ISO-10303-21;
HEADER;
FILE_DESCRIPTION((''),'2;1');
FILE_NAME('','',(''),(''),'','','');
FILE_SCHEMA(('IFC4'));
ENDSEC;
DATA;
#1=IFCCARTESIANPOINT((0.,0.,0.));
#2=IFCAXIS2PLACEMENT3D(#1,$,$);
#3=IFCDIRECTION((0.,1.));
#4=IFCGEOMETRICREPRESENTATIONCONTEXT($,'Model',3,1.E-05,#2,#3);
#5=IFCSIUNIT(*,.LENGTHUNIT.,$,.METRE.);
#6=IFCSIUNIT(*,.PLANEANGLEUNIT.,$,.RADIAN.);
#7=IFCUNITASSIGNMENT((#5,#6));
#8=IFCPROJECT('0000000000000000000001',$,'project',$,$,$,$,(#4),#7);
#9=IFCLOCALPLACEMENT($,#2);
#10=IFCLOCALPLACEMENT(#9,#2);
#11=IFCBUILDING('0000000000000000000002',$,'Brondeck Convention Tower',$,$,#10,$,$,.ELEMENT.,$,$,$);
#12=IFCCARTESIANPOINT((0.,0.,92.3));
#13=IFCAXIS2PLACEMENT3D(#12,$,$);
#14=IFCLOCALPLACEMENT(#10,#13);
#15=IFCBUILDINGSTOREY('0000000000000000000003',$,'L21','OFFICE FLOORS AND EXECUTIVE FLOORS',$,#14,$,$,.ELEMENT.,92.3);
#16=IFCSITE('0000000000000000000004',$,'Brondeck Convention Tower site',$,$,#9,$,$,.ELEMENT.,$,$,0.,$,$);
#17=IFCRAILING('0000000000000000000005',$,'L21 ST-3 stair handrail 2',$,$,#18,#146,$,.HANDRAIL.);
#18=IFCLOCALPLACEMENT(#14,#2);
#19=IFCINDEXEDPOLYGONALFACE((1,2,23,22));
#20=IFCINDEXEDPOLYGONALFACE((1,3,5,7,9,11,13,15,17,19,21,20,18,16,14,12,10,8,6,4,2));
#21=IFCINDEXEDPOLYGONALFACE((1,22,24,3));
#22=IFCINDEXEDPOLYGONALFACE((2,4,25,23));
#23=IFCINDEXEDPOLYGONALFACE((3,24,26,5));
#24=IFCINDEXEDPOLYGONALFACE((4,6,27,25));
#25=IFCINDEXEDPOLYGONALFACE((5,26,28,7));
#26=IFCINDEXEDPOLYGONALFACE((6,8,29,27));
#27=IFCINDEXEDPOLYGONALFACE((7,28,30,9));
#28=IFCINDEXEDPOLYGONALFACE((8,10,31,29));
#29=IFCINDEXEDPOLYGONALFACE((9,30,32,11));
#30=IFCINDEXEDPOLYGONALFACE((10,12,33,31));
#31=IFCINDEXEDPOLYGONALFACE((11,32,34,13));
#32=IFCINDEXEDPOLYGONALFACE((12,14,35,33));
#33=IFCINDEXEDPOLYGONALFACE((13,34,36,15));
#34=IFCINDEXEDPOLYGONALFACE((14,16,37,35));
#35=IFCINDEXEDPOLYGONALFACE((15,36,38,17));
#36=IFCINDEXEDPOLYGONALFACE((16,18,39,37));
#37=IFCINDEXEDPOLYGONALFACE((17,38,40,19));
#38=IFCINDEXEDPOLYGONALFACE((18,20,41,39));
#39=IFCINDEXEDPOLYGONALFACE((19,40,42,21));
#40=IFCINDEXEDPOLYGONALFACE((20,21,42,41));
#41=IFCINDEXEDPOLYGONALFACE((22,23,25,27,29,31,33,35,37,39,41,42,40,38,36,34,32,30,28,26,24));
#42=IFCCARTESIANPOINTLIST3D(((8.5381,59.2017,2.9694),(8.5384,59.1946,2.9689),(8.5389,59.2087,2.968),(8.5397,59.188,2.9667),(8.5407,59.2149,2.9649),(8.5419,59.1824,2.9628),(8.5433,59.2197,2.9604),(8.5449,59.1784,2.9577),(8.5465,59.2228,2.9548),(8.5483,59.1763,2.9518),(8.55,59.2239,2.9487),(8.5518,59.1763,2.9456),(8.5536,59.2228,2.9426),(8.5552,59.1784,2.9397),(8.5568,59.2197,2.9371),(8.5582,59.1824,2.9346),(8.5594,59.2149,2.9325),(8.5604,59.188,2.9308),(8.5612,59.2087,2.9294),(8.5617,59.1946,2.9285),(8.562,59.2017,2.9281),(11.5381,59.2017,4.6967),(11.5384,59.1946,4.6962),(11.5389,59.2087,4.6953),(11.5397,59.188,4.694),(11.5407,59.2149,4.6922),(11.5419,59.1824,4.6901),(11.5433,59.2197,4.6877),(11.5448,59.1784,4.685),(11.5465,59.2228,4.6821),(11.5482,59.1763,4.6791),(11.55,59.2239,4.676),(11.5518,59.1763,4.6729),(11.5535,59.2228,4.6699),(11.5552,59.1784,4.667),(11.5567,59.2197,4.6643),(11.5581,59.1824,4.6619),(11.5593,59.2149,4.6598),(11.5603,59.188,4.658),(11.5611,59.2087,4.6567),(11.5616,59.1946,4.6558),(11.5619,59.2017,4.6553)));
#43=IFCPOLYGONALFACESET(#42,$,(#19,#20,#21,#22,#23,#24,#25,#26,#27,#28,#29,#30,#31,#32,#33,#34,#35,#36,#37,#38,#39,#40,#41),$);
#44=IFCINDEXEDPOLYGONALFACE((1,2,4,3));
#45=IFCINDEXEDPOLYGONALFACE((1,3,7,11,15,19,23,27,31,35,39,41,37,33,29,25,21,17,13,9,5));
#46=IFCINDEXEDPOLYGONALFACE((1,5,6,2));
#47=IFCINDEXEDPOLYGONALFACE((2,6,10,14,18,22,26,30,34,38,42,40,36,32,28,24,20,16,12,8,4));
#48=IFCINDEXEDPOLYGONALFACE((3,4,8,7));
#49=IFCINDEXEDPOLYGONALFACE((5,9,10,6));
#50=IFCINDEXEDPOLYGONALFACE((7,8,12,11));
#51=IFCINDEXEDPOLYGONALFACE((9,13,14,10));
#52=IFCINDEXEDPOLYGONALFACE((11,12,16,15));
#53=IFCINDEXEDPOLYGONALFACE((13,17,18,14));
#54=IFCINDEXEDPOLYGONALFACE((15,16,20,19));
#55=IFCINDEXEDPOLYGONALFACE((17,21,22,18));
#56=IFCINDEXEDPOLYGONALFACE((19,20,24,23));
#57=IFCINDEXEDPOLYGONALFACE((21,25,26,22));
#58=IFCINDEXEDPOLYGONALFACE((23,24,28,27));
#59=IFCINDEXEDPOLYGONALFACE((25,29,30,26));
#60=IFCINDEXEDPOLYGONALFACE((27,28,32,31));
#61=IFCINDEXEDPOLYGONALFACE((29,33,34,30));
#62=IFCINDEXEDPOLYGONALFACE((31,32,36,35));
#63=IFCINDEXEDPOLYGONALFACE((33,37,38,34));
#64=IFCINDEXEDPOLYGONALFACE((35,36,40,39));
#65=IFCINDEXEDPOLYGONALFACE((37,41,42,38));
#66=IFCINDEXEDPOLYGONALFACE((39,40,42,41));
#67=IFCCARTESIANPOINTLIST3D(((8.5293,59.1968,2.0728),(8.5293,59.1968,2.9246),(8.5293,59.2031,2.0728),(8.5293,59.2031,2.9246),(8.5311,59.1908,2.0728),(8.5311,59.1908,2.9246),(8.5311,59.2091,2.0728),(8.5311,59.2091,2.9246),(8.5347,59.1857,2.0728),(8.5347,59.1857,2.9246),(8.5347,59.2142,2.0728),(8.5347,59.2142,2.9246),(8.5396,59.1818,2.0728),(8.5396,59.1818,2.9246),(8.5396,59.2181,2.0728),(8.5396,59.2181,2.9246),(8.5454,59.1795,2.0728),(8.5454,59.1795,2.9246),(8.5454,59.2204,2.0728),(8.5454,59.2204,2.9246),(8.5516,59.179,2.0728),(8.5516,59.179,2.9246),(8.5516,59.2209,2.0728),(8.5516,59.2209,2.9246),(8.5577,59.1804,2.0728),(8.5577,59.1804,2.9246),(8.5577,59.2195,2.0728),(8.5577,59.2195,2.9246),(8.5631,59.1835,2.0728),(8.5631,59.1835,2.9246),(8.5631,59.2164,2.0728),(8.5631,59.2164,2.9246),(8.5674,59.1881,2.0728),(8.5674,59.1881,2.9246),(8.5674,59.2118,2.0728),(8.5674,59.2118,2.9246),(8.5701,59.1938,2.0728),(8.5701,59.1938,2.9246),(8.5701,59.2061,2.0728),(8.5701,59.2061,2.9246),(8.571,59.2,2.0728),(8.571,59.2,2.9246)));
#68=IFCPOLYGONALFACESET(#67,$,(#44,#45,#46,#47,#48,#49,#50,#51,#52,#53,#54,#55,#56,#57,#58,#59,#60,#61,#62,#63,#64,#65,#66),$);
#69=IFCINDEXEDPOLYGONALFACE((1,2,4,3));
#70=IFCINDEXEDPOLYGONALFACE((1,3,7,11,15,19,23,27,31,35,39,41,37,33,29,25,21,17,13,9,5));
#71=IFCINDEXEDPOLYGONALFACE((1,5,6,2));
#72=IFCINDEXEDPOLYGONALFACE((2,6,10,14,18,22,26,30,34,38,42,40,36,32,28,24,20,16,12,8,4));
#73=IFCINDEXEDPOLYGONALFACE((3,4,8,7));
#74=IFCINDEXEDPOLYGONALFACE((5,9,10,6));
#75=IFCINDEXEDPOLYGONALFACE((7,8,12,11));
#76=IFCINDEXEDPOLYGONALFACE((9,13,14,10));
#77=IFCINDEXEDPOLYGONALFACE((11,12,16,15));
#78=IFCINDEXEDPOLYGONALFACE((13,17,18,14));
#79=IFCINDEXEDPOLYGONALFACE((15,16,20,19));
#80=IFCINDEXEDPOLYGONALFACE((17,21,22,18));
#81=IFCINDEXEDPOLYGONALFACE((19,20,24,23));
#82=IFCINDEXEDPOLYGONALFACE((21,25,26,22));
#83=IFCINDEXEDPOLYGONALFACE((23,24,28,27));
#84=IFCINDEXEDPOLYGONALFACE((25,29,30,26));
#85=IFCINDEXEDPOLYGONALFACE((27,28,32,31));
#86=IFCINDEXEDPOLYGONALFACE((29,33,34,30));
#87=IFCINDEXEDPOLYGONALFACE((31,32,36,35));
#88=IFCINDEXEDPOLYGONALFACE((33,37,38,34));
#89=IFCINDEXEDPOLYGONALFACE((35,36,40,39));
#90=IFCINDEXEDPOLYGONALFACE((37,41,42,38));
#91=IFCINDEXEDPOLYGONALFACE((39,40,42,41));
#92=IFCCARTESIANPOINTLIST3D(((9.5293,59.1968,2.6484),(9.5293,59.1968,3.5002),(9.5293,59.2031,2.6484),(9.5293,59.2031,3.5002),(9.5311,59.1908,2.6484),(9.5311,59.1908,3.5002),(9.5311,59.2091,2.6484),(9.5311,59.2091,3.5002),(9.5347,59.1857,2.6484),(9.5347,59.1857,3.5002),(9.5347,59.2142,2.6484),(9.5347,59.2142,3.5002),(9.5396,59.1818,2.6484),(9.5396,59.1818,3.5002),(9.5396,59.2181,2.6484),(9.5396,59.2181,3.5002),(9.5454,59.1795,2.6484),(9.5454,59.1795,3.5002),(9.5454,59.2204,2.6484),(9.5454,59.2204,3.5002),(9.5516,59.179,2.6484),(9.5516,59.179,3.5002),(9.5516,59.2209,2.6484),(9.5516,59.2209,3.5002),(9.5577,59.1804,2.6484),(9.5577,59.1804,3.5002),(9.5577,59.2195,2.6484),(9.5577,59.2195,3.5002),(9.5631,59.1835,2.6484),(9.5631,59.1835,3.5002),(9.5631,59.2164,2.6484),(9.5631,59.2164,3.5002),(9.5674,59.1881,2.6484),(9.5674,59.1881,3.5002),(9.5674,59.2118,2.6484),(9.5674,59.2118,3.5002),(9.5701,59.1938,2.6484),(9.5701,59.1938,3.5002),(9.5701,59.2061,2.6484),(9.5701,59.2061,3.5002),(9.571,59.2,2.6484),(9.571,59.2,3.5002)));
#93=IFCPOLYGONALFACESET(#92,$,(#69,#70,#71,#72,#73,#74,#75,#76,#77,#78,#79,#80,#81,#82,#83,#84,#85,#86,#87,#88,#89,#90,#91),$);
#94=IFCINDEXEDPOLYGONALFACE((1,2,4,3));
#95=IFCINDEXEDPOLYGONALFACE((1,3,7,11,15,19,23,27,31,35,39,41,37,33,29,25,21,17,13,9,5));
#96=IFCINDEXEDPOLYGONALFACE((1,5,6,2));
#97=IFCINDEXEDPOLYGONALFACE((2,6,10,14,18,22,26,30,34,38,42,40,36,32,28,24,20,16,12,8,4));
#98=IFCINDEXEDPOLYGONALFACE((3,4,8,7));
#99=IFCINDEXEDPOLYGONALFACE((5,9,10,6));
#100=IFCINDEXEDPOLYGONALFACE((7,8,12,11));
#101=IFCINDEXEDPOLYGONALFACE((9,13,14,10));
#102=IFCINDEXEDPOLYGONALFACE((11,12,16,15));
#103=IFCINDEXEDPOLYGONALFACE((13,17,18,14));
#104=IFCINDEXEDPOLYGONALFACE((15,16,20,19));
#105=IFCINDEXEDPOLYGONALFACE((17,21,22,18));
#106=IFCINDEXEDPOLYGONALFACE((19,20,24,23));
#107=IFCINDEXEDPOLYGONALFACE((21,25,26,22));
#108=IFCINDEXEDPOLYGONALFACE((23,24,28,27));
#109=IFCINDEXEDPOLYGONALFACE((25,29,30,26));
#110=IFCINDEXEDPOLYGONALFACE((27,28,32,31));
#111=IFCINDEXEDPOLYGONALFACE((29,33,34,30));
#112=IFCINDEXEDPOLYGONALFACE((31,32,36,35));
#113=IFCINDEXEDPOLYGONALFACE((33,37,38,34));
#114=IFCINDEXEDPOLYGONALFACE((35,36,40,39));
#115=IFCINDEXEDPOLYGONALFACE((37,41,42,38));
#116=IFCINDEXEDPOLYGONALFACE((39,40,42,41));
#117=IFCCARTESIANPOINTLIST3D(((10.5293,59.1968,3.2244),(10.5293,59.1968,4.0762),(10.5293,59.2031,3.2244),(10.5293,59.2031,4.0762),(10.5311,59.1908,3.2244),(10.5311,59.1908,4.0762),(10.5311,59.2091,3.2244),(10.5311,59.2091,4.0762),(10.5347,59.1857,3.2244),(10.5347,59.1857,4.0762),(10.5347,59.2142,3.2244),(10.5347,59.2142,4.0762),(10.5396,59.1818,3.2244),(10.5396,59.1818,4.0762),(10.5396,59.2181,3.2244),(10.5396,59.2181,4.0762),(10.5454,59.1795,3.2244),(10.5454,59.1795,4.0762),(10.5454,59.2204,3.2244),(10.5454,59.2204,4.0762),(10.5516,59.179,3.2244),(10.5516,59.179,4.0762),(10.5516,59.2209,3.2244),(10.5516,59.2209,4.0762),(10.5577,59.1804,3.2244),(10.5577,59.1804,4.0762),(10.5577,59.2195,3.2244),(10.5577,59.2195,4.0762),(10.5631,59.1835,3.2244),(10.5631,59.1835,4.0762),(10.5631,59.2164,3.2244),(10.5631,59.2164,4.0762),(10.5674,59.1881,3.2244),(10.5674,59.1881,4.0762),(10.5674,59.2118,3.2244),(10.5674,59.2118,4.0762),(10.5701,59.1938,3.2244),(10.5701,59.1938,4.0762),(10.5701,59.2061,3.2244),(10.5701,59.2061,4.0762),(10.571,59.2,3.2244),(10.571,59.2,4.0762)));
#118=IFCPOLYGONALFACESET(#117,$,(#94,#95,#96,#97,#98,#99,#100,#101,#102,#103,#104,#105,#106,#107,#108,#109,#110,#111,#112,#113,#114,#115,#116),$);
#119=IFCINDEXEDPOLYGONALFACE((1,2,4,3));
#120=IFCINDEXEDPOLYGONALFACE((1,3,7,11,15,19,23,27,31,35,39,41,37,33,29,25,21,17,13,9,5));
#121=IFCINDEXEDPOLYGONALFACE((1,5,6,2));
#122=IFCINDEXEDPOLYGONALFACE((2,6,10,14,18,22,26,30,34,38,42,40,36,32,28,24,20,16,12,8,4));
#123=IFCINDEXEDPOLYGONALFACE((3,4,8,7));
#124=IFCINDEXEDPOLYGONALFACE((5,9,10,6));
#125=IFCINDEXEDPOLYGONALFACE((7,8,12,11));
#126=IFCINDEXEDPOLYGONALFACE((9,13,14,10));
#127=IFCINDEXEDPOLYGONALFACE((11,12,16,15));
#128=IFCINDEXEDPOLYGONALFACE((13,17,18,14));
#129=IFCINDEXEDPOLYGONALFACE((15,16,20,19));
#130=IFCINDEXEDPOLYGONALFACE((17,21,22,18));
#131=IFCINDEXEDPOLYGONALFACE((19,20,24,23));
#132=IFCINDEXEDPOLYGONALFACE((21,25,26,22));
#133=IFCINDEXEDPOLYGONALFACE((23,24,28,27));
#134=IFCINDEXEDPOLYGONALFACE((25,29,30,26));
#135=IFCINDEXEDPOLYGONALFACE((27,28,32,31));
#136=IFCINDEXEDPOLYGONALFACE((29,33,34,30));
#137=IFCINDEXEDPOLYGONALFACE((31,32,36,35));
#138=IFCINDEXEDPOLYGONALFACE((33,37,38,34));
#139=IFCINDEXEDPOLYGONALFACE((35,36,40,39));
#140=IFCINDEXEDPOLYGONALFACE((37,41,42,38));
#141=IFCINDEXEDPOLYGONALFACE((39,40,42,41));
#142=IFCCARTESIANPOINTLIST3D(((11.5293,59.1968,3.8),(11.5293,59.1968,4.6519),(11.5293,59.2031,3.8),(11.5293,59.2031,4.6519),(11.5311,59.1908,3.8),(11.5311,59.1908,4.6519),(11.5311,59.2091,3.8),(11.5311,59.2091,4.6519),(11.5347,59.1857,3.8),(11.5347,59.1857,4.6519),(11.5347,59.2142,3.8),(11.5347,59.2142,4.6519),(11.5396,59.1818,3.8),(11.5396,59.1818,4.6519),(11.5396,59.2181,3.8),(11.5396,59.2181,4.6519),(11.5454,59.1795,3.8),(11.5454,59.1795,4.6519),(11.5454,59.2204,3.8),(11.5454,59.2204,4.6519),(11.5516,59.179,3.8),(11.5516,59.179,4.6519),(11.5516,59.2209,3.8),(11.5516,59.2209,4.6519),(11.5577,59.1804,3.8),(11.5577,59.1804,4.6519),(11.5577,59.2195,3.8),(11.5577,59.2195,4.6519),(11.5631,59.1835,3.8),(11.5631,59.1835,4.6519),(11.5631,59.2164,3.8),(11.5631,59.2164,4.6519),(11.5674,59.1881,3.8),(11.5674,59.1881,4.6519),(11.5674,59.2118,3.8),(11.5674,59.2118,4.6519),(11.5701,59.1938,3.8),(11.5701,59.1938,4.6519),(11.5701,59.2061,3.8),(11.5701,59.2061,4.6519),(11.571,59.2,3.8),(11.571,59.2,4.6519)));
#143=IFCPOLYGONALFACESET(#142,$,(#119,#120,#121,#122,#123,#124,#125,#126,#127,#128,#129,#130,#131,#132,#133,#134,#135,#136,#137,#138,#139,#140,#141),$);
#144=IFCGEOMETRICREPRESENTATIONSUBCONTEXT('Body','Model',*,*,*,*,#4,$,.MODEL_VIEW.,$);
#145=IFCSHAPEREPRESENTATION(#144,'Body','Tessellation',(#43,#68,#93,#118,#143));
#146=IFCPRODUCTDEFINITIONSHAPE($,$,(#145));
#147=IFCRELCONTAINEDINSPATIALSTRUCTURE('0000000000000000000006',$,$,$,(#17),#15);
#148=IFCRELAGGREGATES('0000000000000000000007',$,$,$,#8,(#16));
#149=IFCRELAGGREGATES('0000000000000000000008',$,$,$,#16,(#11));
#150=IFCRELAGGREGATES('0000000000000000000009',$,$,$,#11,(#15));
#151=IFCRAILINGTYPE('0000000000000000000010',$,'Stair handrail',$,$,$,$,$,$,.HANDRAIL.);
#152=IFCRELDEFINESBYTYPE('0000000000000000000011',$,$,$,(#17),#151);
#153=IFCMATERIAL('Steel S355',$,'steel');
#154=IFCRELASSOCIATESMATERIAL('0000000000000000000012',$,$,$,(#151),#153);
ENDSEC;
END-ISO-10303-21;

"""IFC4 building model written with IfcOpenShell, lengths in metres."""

from ifc_helpers import new_model, si_unit, direction, frame, origin, origin_2d, place, context, subcontext, project, spatial, circle, extrude, material, type_object, element, save


model = new_model("IFC4")

# Units and contexts
model_context = context("Model", 3, precision=1e-05, world=origin(), true_north=direction((0.0, 1.0)))
body_context = subcontext(model_context, "Body", "Model", "MODEL_VIEW")
ifc_project = project(units=[si_unit("LENGTHUNIT", "METRE"), si_unit("PLANEANGLEUNIT", "RADIAN")], contexts=[model_context])

# Site, building, storey
site_placement = place(None, origin())
site = spatial("IfcSite", under=ifc_project, at=site_placement, Name="Brondeck Convention Tower site", CompositionType="ELEMENT", RefElevation=0.0)
building_placement = place(site_placement, origin())
building = spatial("IfcBuilding", under=site, at=building_placement, Name="Brondeck Convention Tower", CompositionType="ELEMENT")
storey_placement = place(building_placement, frame((0.0, 0.0, 92.3)))
storey = spatial("IfcBuildingStorey", under=building, at=storey_placement, Name="L21", Description="OFFICE FLOORS AND EXECUTIVE FLOORS", CompositionType="ELEMENT", Elevation=92.3)

# Railing
ifc_material_1 = material(Name="Steel S355", Category="steel")
railing_type_1 = type_object("IfcRailingType", Name="Stair handrail", PredefinedType="HANDRAIL", material=ifc_material_1)
railing_1_placement = place(storey_placement, frame((8.55, 59.2, 2.0728)))
element("IfcRailing", 1, at=railing_1_placement, inside=storey, type_object=railing_type_1, Name="L21 ST-3 stair handrail 2", PredefinedType="HANDRAIL", context=body_context, shape_type="SweptSolid", body=[
    extrude(circle(Radius=0.0239, at=origin_2d()), frame((0.0, 0.0, 0.876), z_axis=(0.86662, 0.0, 0.498969), x_axis=(0.0, 1.0, 0.0)), (0.0, 0.0, 1.0), 3.4617),
    extrude(circle(Radius=0.021, at=origin_2d()), origin(), (0.0, 0.0, 1.0), 0.8518),
    extrude(circle(Radius=0.021, at=origin_2d()), frame((1.0, 0.0, 0.5757)), (0.0, 0.0, 1.0), 0.8518),
    extrude(circle(Radius=0.021, at=origin_2d()), frame((2.0, 0.0, 1.1516)), (0.0, 0.0, 1.0), 0.8518),
    extrude(circle(Radius=0.021, at=origin_2d()), frame((3.0, 0.0, 1.7273)), (0.0, 0.0, 1.0), 0.8518),
])

save(model, "model.ifc")
